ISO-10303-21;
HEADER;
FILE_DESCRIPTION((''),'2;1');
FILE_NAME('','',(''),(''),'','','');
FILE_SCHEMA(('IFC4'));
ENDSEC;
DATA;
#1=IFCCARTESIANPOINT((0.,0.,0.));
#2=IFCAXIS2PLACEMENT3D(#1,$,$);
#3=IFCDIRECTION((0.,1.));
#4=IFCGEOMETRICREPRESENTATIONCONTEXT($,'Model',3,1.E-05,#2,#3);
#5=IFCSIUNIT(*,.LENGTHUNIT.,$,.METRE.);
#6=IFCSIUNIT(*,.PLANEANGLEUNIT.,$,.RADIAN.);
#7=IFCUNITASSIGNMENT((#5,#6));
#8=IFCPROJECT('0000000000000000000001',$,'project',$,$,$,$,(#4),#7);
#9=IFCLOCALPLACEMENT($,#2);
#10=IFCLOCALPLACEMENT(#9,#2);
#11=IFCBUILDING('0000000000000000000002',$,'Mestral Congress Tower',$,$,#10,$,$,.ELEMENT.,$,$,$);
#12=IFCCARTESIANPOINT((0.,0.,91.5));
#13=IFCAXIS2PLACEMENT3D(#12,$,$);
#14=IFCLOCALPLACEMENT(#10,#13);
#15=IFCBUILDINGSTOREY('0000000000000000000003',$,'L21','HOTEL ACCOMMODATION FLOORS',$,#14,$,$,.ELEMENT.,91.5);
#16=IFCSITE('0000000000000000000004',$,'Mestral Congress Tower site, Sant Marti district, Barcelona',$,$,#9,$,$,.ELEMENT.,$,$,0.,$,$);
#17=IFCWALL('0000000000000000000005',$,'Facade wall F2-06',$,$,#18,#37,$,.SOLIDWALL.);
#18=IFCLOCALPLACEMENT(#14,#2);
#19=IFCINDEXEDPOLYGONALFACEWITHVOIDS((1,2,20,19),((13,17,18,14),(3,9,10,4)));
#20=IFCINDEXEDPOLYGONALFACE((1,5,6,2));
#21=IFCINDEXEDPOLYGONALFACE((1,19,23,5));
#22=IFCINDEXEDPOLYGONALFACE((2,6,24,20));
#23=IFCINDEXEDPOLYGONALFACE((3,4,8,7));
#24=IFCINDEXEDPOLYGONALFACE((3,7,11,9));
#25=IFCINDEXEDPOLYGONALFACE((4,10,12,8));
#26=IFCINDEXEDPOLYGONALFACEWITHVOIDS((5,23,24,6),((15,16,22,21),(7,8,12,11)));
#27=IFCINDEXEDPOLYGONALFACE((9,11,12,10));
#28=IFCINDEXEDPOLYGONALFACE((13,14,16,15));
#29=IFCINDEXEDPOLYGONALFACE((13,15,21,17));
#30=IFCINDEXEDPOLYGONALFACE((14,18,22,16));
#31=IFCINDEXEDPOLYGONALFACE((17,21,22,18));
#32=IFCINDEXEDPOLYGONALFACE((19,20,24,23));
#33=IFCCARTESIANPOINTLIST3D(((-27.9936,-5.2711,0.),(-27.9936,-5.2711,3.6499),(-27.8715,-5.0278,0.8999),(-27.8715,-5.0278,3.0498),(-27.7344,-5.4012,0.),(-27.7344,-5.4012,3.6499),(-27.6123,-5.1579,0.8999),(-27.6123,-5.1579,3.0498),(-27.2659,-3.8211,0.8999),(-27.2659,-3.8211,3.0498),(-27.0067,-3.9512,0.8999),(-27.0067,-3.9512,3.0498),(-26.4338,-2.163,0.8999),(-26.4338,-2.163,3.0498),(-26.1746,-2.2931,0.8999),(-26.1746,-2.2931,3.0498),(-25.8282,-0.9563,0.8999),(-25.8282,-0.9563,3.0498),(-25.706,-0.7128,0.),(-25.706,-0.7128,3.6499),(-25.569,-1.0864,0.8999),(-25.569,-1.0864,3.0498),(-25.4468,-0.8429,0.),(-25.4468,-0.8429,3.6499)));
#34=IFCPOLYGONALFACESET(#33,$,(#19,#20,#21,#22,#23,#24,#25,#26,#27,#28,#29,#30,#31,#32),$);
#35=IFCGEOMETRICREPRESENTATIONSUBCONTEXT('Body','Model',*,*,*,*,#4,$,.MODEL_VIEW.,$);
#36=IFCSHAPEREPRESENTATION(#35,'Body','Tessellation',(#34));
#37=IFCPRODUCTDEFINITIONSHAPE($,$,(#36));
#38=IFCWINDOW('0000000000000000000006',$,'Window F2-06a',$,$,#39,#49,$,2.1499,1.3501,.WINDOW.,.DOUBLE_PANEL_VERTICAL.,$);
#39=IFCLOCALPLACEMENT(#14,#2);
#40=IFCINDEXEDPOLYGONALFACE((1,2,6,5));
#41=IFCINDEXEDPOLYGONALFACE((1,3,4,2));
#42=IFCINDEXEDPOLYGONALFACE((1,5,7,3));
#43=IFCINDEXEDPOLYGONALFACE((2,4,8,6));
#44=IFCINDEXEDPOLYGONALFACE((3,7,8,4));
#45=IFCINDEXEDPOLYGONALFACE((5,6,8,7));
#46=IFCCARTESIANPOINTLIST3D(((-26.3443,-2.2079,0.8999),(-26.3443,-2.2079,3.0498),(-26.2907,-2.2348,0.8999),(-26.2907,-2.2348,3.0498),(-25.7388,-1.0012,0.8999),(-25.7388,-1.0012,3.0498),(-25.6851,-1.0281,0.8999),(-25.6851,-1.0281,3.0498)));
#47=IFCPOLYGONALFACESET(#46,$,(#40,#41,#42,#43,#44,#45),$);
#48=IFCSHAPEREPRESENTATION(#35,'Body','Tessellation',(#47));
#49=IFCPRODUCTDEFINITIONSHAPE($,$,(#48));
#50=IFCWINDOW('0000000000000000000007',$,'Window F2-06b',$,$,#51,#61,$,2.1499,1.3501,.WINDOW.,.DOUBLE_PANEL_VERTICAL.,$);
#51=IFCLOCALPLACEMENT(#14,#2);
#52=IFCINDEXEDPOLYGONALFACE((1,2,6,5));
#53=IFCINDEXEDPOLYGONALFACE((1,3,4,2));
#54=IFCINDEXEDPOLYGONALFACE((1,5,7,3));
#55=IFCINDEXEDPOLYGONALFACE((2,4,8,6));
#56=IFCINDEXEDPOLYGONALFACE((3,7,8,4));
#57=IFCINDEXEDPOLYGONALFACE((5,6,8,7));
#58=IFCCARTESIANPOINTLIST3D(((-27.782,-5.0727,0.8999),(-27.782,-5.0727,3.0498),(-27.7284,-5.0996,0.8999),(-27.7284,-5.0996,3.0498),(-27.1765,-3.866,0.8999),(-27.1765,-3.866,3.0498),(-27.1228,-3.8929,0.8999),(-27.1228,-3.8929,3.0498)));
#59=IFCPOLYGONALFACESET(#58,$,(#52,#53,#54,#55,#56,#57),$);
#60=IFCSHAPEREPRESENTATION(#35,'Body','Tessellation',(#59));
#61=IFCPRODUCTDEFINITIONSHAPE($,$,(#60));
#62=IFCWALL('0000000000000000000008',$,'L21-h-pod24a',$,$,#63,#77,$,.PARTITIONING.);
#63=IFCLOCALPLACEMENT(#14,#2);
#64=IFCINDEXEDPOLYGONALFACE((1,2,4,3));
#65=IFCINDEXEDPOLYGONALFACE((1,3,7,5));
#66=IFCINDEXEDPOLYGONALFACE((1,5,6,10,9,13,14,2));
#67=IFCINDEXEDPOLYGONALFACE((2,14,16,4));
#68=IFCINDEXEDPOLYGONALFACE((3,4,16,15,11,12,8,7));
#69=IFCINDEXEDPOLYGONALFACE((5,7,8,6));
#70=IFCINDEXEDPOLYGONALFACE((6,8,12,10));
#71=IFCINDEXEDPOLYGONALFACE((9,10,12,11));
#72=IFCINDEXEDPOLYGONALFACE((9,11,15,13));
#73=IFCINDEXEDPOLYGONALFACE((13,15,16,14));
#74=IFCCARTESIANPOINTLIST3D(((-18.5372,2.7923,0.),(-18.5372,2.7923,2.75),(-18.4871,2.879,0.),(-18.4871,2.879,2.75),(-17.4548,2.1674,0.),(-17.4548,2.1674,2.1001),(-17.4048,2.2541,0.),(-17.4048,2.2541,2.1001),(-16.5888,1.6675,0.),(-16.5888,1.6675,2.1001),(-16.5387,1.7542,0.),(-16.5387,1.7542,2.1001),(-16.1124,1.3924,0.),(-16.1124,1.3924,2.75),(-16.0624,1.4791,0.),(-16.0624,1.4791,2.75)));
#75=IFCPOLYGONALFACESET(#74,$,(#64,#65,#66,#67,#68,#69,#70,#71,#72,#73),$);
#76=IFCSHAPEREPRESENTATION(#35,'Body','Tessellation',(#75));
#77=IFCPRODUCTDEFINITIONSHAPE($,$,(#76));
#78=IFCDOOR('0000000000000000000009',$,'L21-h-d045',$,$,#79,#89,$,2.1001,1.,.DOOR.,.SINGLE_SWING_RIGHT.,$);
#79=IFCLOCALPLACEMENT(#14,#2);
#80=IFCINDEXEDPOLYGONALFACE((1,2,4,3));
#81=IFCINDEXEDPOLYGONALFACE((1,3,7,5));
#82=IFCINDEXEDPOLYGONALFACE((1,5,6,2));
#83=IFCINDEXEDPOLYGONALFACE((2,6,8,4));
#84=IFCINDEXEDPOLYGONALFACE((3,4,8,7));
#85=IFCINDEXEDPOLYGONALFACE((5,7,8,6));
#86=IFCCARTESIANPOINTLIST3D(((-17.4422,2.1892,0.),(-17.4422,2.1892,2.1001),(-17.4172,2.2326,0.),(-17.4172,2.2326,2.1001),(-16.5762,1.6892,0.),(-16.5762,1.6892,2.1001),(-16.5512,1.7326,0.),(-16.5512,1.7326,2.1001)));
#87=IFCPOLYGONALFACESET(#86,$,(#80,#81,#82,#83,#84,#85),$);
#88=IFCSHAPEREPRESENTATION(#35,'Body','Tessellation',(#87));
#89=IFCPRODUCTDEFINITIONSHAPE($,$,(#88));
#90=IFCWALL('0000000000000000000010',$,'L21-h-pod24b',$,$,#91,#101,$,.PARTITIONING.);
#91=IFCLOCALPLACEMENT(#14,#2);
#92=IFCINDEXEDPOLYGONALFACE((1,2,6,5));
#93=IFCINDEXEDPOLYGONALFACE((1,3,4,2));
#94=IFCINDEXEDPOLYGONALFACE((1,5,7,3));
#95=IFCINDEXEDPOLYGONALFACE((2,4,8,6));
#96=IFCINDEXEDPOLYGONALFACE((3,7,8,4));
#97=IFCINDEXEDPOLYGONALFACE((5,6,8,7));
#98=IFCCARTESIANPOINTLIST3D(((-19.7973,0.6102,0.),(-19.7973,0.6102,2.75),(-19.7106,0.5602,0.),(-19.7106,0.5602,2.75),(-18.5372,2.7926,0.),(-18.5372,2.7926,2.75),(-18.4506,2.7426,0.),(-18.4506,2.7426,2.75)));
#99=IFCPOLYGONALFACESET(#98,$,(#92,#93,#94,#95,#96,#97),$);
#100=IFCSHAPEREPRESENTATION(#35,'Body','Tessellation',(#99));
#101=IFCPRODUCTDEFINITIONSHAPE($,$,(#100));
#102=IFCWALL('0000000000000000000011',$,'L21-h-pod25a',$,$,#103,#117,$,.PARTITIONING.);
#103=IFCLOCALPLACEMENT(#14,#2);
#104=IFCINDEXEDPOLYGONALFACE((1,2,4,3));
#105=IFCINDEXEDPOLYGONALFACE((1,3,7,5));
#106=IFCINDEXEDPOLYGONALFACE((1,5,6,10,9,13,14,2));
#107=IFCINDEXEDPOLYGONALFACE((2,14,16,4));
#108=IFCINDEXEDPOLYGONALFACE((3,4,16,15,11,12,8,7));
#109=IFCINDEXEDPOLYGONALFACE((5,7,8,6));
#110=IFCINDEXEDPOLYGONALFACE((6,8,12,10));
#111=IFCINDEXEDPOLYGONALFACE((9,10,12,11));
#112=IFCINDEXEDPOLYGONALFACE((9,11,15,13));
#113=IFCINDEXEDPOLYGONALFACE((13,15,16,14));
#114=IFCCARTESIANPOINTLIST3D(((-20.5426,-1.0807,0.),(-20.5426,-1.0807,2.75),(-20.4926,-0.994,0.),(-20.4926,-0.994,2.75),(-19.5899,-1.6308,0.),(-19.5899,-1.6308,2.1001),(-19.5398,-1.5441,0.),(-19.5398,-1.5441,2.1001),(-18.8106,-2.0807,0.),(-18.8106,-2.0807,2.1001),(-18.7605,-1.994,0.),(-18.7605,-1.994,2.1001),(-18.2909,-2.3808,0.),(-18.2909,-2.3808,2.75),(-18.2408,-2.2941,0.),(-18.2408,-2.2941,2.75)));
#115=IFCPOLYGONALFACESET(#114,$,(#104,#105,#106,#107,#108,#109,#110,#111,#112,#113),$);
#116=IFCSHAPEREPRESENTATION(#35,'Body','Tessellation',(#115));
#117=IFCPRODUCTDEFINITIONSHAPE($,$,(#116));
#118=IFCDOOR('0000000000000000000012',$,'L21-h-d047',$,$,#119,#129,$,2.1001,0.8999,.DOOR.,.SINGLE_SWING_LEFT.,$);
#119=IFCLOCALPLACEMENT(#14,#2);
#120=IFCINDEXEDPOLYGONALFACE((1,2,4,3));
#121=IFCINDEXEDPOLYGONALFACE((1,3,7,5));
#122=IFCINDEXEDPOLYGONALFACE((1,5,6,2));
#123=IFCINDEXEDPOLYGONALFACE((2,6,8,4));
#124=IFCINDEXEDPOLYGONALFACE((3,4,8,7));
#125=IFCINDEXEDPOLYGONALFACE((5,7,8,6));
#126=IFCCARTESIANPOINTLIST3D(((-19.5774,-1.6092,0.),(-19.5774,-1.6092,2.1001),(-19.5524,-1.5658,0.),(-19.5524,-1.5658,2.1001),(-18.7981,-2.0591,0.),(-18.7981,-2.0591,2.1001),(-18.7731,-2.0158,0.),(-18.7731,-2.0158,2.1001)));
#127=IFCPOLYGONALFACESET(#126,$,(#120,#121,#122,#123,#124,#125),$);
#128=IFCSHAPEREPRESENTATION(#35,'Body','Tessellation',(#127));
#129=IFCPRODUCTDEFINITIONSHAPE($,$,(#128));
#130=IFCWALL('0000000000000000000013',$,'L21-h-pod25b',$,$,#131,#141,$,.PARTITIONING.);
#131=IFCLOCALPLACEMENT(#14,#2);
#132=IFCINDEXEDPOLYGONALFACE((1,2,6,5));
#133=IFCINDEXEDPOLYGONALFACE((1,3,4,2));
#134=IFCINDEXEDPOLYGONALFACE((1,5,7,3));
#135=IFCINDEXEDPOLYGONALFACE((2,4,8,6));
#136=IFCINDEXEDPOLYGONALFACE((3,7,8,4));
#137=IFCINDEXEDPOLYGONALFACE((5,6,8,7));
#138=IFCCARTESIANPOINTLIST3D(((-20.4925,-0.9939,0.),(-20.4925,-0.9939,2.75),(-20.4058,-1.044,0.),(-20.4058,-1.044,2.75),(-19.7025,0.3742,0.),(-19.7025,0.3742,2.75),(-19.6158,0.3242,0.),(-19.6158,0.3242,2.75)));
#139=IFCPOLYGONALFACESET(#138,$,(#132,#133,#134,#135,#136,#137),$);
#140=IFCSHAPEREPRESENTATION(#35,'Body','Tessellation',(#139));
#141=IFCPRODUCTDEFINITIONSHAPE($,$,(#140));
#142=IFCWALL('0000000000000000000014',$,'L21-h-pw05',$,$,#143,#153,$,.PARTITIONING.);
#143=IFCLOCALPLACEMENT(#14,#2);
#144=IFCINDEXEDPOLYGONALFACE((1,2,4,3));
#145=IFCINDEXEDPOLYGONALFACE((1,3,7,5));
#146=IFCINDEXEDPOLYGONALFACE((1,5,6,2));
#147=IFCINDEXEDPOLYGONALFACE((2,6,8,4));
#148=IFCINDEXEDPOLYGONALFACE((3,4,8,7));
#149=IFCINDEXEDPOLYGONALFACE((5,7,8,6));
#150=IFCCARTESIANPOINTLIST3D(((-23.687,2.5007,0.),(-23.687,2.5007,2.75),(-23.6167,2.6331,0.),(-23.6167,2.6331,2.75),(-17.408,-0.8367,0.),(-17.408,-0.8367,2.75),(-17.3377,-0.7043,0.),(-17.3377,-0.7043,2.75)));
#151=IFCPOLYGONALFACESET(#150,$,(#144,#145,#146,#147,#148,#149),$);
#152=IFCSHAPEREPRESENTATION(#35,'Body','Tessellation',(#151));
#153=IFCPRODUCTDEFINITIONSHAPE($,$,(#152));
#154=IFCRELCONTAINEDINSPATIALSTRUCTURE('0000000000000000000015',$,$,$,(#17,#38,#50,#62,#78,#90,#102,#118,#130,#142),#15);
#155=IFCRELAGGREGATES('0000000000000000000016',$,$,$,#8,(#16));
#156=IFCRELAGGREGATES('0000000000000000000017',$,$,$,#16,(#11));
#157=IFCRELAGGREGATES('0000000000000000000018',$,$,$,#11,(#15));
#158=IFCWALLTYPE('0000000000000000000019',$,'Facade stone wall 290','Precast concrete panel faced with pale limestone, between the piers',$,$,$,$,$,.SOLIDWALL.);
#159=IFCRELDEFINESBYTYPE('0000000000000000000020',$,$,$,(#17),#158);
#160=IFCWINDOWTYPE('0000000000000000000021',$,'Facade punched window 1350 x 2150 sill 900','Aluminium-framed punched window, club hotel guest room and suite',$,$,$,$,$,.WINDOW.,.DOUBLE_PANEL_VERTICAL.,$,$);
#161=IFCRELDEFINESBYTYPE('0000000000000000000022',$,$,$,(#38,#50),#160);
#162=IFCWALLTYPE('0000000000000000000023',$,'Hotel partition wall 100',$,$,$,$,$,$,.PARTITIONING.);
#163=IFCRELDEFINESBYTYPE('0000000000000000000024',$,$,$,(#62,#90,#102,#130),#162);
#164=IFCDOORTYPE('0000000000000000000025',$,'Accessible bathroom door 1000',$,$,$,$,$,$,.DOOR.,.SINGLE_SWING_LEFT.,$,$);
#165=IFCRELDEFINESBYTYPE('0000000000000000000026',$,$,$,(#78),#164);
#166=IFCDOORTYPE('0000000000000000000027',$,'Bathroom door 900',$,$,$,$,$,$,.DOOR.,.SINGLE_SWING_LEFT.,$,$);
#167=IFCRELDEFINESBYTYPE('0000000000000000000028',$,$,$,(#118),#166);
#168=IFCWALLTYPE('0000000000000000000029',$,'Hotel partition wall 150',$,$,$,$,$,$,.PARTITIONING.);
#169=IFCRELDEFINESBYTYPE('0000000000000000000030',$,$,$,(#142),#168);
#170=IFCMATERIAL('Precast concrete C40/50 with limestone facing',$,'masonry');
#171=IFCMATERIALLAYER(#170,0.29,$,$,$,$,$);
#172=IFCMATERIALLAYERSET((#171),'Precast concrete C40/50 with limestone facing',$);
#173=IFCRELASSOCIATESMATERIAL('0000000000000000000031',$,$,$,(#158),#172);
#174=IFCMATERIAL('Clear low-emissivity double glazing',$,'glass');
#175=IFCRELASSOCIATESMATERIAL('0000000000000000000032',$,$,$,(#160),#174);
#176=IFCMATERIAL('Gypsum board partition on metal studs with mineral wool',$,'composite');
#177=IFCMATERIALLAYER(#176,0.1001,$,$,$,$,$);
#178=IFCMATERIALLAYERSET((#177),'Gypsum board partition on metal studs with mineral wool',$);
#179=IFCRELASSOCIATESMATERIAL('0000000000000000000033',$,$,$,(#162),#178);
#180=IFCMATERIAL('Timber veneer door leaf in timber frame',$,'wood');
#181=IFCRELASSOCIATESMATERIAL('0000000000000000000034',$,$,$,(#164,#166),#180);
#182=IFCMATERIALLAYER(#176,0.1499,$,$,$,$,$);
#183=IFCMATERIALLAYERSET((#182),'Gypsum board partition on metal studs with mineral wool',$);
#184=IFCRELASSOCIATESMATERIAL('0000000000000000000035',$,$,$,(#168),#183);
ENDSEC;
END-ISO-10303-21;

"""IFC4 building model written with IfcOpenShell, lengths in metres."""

from ifc_helpers import new_model, si_unit, direction, frame, frame_2d, origin, place, context, subcontext, project, spatial, rectangle, extrude, material, layer, layer_set, type_object, element, fill, save


model = new_model("IFC4")

# Units and contexts
model_context = context("Model", 3, precision=1e-05, world=origin(), true_north=direction((0.0, 1.0)))
body_context = subcontext(model_context, "Body", "Model", "MODEL_VIEW")
ifc_project = project(units=[si_unit("LENGTHUNIT", "METRE"), si_unit("PLANEANGLEUNIT", "RADIAN")], contexts=[model_context])

# Site, building, storey
site_placement = place(None, origin())
site = spatial("IfcSite", under=ifc_project, at=site_placement, Name="Mestral Congress Tower site, Sant Marti district, Barcelona", CompositionType="ELEMENT", RefElevation=0.0)
building_placement = place(site_placement, origin())
building = spatial("IfcBuilding", under=site, at=building_placement, Name="Mestral Congress Tower", CompositionType="ELEMENT")
storey_placement = place(building_placement, frame((0.0, 0.0, 91.5)))
storey = spatial("IfcBuildingStorey", under=building, at=storey_placement, Name="L21", Description="HOTEL ACCOMMODATION FLOORS", CompositionType="ELEMENT", Elevation=91.5)

# Wall, openings, windows
ifc_material_1 = material(Name="Precast concrete C40/50 with limestone facing", Category="masonry")
ifc_layer_1 = layer(ifc_material_1, 0.29)
ifc_layer_set_1 = layer_set([ifc_layer_1], Name="Precast concrete C40/50 with limestone facing")
wall_type_1 = type_object("IfcWallType", Name="Facade stone wall 290", Description="Precast concrete panel faced with pale limestone, between the piers", PredefinedType="SOLIDWALL", material=ifc_layer_set_1)
wall_1_placement = place(storey_placement, frame((-25.5764, -0.7778, 0.0), z_axis=(0.0, 0.0, 1.0), x_axis=(-0.448534, -0.893766, 0.0)))
wall_1 = element("IfcWall", 1, at=wall_1_placement, inside=storey, type_object=wall_type_1, Name="Facade wall F2-06", PredefinedType="SOLIDWALL", context=body_context, shape_type="SweptSolid", body=[
    extrude(rectangle(XDim=5.1001, YDim=0.29, at=frame_2d((2.55, 0.0))), origin(), (0.0, 0.0, 1.0), 3.6499),
])
opening_1_placement = place(wall_1_placement, frame((0.2725, 0.0, 0.8999)))
opening_1 = element("IfcOpeningElement", 2, at=opening_1_placement, cuts=wall_1, PredefinedType="OPENING", context=body_context, shape_type="SweptSolid", body=[
    extrude(rectangle(XDim=1.3501, YDim=2.1499, at=frame_2d((0.675, 1.075))), frame((0.0, 0.155, 0.0), z_axis=(0.0, -1.0, 0.0), x_axis=(1.0, 0.0, 0.0)), (0.0, 0.0, 1.0), 0.3101),
])
opening_2_placement = place(wall_1_placement, frame((3.4778, 0.0, 0.8999)))
opening_2 = element("IfcOpeningElement", 3, at=opening_2_placement, cuts=wall_1, PredefinedType="OPENING", context=body_context, shape_type="SweptSolid", body=[
    extrude(rectangle(XDim=1.3501, YDim=2.1499, at=frame_2d((0.675, 1.075))), frame((0.0, 0.155, 0.0), z_axis=(0.0, -1.0, 0.0), x_axis=(1.0, 0.0, 0.0)), (0.0, 0.0, 1.0), 0.3101),
])
ifc_material_2 = material(Name="Clear low-emissivity double glazing", Category="glass")
window_type = type_object("IfcWindowType", Name="Facade punched window 1350 x 2150 sill 900", Description="Aluminium-framed punched window, club hotel guest room and suite", PartitioningType="DOUBLE_PANEL_VERTICAL", PredefinedType="WINDOW", material=ifc_material_2)
window_1_placement = place(opening_1_placement, origin())
window_1 = element("IfcWindow", 4, at=window_1_placement, inside=storey, type_object=window_type, Name="Window F2-06a", OverallHeight=2.1499, OverallWidth=1.3501, PartitioningType="DOUBLE_PANEL_VERTICAL", PredefinedType="WINDOW", context=body_context, shape_type="SweptSolid", body=[
    extrude(rectangle(XDim=1.3501, YDim=2.1499, at=frame_2d((0.675, 1.075))), frame((0.0, 0.0151, 0.0), z_axis=(0.0, -1.0, 0.0), x_axis=(1.0, 0.0, 0.0)), (0.0, 0.0, 1.0), 0.0601),
])
fill(opening_1, window_1)
window_2_placement = place(opening_2_placement, origin())
window_2 = element("IfcWindow", 5, at=window_2_placement, inside=storey, type_object=window_type, Name="Window F2-06b", OverallHeight=2.1499, OverallWidth=1.3501, PartitioningType="DOUBLE_PANEL_VERTICAL", PredefinedType="WINDOW", context=body_context, shape_type="SweptSolid", body=[
    extrude(rectangle(XDim=1.3501, YDim=2.1499, at=frame_2d((0.675, 1.075))), frame((0.0, 0.0151, 0.0), z_axis=(0.0, -1.0, 0.0), x_axis=(1.0, 0.0, 0.0)), (0.0, 0.0, 1.0), 0.0601),
])
fill(opening_2, window_2)

# Wall, opening, door
ifc_material_3 = material(Name="Gypsum board partition on metal studs with mineral wool", Category="composite")
ifc_layer_2 = layer(ifc_material_3, 0.1001)
ifc_layer_set_2 = layer_set([ifc_layer_2], Name="Gypsum board partition on metal studs with mineral wool")
wall_type_2 = type_object("IfcWallType", Name="Hotel partition wall 100", PredefinedType="PARTITIONING", material=ifc_layer_set_2)
wall_2_placement = place(storey_placement, frame((-16.0874, 1.4358, 0.0), z_axis=(0.0, 0.0, 1.0), x_axis=(-0.866035, 0.499984, 0.0)))
wall_2 = element("IfcWall", 6, at=wall_2_placement, inside=storey, type_object=wall_type_2, Name="L21-h-pod24a", PredefinedType="PARTITIONING", context=body_context, shape_type="SweptSolid", body=[
    extrude(rectangle(XDim=2.7998, YDim=0.1001, at=frame_2d((1.3999, 0.0))), origin(), (0.0, 0.0, 1.0), 2.75),
])
opening_3_placement = place(wall_2_placement, frame((0.55, 0.0, 0.0)))
opening_3 = element("IfcOpeningElement", 7, at=opening_3_placement, cuts=wall_2, PredefinedType="OPENING", context=body_context, shape_type="SweptSolid", body=[
    extrude(rectangle(XDim=1.0, YDim=2.1001, at=frame_2d((0.5, 1.05))), frame((0.0, 0.0601, 0.0), z_axis=(0.0, -1.0, 0.0), x_axis=(1.0, 0.0, 0.0)), (0.0, 0.0, 1.0), 0.1201),
])
ifc_material_4 = material(Name="Timber veneer door leaf in timber frame", Category="wood")
door_type_1 = type_object("IfcDoorType", Name="Accessible bathroom door 1000", OperationType="SINGLE_SWING_LEFT", PredefinedType="DOOR", material=ifc_material_4)
door_1_placement = place(opening_3_placement, origin())
door_1 = element("IfcDoor", 8, at=door_1_placement, inside=storey, type_object=door_type_1, Name="L21-h-d045", OperationType="SINGLE_SWING_RIGHT", OverallHeight=2.1001, OverallWidth=1.0, PredefinedType="DOOR", context=body_context, shape_type="SweptSolid", body=[
    extrude(rectangle(XDim=1.0, YDim=2.1001, at=frame_2d((0.5, 1.05))), frame((0.0, 0.0249, 0.0), z_axis=(0.0, -1.0, 0.0), x_axis=(1.0, 0.0, 0.0)), (0.0, 0.0, 1.0), 0.05),
])
fill(opening_3, door_1)

# Wall
wall_3_placement = place(storey_placement, frame((-18.4939, 2.7676, 0.0), z_axis=(0.0, 0.0, 1.0), x_axis=(-0.500005, -0.866023, 0.0)))
element("IfcWall", 9, at=wall_3_placement, inside=storey, type_object=wall_type_2, Name="L21-h-pod24b", PredefinedType="PARTITIONING", context=body_context, shape_type="SweptSolid", body=[
    extrude(rectangle(XDim=2.52, YDim=0.1001, at=frame_2d((1.26, 0.0))), origin(), (0.0, 0.0, 1.0), 2.75),
])

# Wall, opening, door
wall_4_placement = place(storey_placement, frame((-20.5176, -1.0374, 0.0), z_axis=(0.0, 0.0, 1.0), x_axis=(0.866021, -0.500007, 0.0)))
wall_4 = element("IfcWall", 10, at=wall_4_placement, inside=storey, type_object=wall_type_2, Name="L21-h-pod25a", PredefinedType="PARTITIONING", context=body_context, shape_type="SweptSolid", body=[
    extrude(rectangle(XDim=2.6001, YDim=0.1001, at=frame_2d((1.3, 0.0))), origin(), (0.0, 0.0, 1.0), 2.75),
])
opening_4_placement = place(wall_4_placement, frame((1.1001, 0.0, 0.0)))
opening_4 = element("IfcOpeningElement", 11, at=opening_4_placement, cuts=wall_4, PredefinedType="OPENING", context=body_context, shape_type="SweptSolid", body=[
    extrude(rectangle(XDim=0.8999, YDim=2.1001, at=frame_2d((0.45, 1.05))), frame((0.0, 0.0601, 0.0), z_axis=(0.0, -1.0, 0.0), x_axis=(1.0, 0.0, 0.0)), (0.0, 0.0, 1.0), 0.1201),
])
door_type_2 = type_object("IfcDoorType", Name="Bathroom door 900", OperationType="SINGLE_SWING_LEFT", PredefinedType="DOOR", material=ifc_material_4)
door_2_placement = place(opening_4_placement, origin())
door_2 = element("IfcDoor", 12, at=door_2_placement, inside=storey, type_object=door_type_2, Name="L21-h-d047", OperationType="SINGLE_SWING_LEFT", OverallHeight=2.1001, OverallWidth=0.8999, PredefinedType="DOOR", context=body_context, shape_type="SweptSolid", body=[
    extrude(rectangle(XDim=0.8999, YDim=2.1001, at=frame_2d((0.45, 1.05))), frame((0.0, 0.0249, 0.0), z_axis=(0.0, -1.0, 0.0), x_axis=(1.0, 0.0, 0.0)), (0.0, 0.0, 1.0), 0.05),
])
fill(opening_4, door_2)

# Walls
wall_5_placement = place(storey_placement, frame((-20.4492, -1.019, 0.0), z_axis=(0.0, 0.0, 1.0), x_axis=(0.500061, 0.86599, 0.0)))
element("IfcWall", 13, at=wall_5_placement, inside=storey, type_object=wall_type_2, Name="L21-h-pod25b", PredefinedType="PARTITIONING", context=body_context, shape_type="SweptSolid", body=[
    extrude(rectangle(XDim=1.5798, YDim=0.1001, at=frame_2d((0.79, 0.0))), origin(), (0.0, 0.0, 1.0), 2.75),
])
ifc_layer_3 = layer(ifc_material_3, 0.1499)
ifc_layer_set_3 = layer_set([ifc_layer_3], Name="Gypsum board partition on metal studs with mineral wool")
wall_type_3 = type_object("IfcWallType", Name="Hotel partition wall 150", PredefinedType="PARTITIONING", material=ifc_layer_set_3)
wall_6_placement = place(storey_placement, frame((-23.6519, 2.5669, 0.0), z_axis=(0.0, 0.0, 1.0), x_axis=(0.883019, -0.469337, 0.0)))
element("IfcWall", 14, at=wall_6_placement, inside=storey, type_object=wall_type_3, Name="L21-h-pw05", PredefinedType="PARTITIONING", context=body_context, shape_type="SweptSolid", body=[
    extrude(rectangle(XDim=7.1108, YDim=0.1499, at=frame_2d((3.5554, 0.0))), origin(), (0.0, 0.0, 1.0), 2.75),
])

save(model, "model.ifc")
